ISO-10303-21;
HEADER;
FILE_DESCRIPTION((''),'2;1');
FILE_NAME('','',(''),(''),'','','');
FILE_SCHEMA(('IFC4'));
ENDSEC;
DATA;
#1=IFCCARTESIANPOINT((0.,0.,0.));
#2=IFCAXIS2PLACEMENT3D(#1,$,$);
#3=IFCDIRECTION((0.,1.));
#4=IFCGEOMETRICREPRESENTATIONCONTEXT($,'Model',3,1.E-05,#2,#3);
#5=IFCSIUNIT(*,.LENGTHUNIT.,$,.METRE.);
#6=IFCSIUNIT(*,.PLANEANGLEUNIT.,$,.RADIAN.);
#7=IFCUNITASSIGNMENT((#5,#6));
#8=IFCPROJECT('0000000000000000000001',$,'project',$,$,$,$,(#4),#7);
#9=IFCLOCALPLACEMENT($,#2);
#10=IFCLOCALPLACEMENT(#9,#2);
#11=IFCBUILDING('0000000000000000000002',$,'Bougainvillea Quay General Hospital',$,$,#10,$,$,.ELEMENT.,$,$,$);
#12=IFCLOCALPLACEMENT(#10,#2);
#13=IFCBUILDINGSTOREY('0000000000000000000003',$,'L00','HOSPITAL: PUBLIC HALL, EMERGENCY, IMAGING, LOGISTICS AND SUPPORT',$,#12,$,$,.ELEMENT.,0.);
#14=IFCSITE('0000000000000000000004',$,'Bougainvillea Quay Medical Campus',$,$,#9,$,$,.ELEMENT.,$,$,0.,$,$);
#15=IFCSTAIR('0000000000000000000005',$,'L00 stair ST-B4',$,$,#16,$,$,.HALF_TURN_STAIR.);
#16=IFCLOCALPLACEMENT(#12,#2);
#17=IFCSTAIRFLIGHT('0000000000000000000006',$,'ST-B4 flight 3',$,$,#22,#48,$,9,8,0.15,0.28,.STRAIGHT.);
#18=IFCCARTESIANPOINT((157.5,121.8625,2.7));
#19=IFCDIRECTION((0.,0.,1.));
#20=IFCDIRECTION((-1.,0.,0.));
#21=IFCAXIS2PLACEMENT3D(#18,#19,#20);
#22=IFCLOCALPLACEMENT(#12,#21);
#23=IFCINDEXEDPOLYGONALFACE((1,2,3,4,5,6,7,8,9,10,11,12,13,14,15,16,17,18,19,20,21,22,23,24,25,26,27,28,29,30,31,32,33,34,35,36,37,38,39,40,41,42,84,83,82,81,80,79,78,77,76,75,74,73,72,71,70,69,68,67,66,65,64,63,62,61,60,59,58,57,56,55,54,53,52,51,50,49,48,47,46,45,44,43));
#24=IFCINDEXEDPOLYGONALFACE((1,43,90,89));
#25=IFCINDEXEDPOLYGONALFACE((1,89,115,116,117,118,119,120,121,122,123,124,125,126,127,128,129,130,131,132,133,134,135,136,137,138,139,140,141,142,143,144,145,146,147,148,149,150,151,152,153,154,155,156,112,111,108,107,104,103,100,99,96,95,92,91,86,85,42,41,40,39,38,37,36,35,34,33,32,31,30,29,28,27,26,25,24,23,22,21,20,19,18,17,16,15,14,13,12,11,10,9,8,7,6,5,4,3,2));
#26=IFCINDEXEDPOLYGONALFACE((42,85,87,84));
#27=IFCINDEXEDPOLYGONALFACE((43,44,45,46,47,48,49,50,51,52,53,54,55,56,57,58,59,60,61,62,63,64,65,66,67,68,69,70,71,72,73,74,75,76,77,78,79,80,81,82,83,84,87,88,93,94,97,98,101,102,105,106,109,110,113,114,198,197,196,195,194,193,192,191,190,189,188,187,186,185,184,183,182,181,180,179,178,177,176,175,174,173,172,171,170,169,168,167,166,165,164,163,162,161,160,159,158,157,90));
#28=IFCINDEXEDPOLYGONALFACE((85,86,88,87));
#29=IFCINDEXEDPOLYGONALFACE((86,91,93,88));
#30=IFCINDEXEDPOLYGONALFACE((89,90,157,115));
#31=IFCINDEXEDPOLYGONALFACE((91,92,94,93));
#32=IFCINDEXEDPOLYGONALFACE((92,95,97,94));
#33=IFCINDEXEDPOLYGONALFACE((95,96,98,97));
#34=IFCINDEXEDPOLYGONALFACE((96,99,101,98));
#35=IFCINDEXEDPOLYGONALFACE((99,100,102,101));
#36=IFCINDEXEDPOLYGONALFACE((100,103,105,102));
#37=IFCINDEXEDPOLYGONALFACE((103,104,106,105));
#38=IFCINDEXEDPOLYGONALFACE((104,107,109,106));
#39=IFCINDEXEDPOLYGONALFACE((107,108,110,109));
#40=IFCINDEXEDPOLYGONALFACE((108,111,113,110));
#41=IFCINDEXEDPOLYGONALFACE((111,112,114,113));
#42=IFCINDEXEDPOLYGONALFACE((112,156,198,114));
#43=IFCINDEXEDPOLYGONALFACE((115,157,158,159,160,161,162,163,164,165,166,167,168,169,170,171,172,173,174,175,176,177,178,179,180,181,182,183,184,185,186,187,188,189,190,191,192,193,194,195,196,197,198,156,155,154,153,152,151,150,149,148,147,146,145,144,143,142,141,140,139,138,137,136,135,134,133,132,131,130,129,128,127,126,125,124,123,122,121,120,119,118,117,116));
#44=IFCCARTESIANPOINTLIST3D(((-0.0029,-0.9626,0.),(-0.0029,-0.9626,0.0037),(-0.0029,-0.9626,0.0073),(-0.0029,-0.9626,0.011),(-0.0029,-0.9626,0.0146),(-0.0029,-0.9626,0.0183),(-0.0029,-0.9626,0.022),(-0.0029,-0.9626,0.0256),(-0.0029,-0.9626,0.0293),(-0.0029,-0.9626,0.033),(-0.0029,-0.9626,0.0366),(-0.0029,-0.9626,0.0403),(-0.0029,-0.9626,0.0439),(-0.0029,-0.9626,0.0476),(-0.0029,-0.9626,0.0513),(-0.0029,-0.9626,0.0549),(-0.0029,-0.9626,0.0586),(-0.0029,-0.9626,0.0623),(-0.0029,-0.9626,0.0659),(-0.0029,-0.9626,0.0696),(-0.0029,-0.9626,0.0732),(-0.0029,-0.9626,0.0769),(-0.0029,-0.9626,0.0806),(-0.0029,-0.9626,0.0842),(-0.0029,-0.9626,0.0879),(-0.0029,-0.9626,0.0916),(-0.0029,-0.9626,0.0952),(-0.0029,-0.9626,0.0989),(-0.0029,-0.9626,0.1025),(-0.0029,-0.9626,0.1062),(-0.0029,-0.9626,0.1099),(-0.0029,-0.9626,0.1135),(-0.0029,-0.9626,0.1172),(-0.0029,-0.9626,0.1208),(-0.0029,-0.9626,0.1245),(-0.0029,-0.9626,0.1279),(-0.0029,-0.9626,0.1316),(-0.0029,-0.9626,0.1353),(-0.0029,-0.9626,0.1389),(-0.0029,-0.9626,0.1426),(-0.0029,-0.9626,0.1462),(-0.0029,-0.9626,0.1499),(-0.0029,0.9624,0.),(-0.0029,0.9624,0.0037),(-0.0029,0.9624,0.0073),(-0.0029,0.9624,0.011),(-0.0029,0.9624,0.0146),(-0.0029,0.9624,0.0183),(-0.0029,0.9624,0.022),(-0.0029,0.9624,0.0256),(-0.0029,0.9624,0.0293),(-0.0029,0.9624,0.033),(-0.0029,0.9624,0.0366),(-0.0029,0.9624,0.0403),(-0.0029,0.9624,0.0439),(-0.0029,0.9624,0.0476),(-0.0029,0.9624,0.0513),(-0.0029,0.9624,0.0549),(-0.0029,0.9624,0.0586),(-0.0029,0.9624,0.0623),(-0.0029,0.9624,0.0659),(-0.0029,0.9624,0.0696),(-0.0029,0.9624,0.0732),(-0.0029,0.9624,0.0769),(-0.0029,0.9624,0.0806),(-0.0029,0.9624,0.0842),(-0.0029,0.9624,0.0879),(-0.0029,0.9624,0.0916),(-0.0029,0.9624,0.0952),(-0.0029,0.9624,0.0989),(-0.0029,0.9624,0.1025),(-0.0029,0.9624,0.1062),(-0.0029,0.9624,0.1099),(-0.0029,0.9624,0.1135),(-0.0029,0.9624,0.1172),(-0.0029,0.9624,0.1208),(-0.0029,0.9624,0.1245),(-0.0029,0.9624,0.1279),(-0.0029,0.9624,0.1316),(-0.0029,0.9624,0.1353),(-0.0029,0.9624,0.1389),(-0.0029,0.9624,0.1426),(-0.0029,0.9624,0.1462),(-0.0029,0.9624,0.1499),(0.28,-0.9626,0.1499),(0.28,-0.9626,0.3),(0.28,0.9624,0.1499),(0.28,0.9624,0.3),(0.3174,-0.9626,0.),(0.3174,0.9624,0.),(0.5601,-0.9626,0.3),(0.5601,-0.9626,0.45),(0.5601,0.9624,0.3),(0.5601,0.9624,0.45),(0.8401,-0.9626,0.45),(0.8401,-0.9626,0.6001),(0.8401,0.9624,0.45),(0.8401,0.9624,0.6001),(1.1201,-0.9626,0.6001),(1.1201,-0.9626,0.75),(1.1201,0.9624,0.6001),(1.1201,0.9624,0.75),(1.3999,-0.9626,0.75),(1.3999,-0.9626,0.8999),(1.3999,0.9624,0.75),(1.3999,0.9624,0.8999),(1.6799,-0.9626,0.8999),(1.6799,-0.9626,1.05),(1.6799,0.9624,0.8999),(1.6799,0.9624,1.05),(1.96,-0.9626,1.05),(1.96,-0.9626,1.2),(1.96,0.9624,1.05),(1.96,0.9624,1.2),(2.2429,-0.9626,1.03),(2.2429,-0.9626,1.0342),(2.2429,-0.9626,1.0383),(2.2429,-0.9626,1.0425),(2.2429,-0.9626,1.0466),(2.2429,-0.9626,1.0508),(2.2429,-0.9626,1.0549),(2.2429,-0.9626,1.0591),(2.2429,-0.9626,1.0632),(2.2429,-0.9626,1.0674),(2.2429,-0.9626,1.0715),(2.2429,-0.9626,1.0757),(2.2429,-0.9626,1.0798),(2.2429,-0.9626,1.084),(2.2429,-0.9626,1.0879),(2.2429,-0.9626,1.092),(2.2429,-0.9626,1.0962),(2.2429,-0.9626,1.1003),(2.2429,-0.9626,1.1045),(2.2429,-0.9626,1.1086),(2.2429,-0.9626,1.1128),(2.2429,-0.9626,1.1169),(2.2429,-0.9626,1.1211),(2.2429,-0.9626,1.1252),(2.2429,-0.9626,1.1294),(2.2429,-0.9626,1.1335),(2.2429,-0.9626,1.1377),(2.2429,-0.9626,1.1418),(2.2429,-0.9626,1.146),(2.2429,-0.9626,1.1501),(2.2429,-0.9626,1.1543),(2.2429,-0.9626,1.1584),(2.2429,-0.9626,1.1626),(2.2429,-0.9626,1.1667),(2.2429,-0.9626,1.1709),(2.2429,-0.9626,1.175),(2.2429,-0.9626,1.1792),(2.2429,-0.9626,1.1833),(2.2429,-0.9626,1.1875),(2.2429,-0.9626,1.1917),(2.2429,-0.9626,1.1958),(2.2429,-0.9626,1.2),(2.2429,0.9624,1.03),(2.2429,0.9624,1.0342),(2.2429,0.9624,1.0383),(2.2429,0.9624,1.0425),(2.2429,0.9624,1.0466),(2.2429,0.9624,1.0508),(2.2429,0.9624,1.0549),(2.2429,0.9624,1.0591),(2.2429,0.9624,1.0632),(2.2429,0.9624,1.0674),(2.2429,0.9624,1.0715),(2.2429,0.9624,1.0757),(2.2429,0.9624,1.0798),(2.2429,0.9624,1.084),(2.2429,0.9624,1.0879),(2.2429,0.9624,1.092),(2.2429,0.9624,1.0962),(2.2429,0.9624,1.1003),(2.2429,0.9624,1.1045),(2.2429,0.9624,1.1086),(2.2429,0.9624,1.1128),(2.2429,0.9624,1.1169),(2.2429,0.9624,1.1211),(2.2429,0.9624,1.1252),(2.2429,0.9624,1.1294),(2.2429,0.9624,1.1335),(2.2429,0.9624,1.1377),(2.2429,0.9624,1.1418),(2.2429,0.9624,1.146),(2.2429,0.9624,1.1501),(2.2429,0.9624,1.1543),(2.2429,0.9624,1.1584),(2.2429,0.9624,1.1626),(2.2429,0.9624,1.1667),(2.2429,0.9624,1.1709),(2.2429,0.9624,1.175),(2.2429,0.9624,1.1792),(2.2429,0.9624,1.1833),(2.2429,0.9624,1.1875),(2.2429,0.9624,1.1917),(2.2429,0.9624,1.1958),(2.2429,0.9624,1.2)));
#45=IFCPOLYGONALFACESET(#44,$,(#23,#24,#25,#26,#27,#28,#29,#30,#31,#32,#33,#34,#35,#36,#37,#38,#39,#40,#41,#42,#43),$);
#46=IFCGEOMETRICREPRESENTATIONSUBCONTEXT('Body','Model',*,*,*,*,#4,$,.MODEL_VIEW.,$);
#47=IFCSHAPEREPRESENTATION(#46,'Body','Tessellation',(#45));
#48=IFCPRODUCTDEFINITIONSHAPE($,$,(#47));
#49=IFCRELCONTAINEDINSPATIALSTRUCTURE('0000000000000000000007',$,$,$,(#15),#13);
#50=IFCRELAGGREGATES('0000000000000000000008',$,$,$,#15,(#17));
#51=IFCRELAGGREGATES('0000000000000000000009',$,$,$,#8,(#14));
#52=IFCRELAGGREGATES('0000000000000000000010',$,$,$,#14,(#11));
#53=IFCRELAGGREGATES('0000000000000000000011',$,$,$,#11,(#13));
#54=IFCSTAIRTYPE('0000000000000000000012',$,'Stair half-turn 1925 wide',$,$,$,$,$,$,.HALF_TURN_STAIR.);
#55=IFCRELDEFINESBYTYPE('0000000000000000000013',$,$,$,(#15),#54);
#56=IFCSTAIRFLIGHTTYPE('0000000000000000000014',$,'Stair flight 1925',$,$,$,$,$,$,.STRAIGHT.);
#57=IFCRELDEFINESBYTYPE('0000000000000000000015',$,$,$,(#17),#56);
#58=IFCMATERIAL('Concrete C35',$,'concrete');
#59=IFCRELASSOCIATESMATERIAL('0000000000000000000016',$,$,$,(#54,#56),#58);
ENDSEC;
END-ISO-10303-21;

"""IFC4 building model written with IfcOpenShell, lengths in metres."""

from ifc_helpers import new_model, si_unit, direction, frame, origin, place, context, subcontext, project, spatial, polyline, outline, extrude, material, type_object, element, aggregate, save


model = new_model("IFC4")

# Units and contexts
model_context = context("Model", 3, precision=1e-05, world=origin(), true_north=direction((0.0, 1.0)))
body_context = subcontext(model_context, "Body", "Model", "MODEL_VIEW")
ifc_project = project(units=[si_unit("LENGTHUNIT", "METRE"), si_unit("PLANEANGLEUNIT", "RADIAN")], contexts=[model_context])

# Site, building, storey
site_placement = place(None, origin())
site = spatial("IfcSite", under=ifc_project, at=site_placement, Name="Bougainvillea Quay Medical Campus", CompositionType="ELEMENT", RefElevation=0.0)
building_placement = place(site_placement, origin())
building = spatial("IfcBuilding", under=site, at=building_placement, Name="Bougainvillea Quay General Hospital", CompositionType="ELEMENT")
storey_placement = place(building_placement, origin())
storey = spatial("IfcBuildingStorey", under=building, at=storey_placement, Name="L00", Description="HOSPITAL: PUBLIC HALL, EMERGENCY, IMAGING, LOGISTICS AND SUPPORT", CompositionType="ELEMENT", Elevation=0.0)

# Stair, stair flight
ifc_material_1 = material(Name="Concrete C35", Category="concrete")
stair_type = type_object("IfcStairType", Name="Stair half-turn 1925 wide", PredefinedType="HALF_TURN_STAIR", material=ifc_material_1)
stair_placement = place(storey_placement, origin())
stair = element("IfcStair", 1, at=stair_placement, inside=storey, type_object=stair_type, Name="L00 stair ST-B4", PredefinedType="HALF_TURN_STAIR")
stair_flight_type = type_object("IfcStairFlightType", Name="Stair flight 1925", PredefinedType="STRAIGHT", material=ifc_material_1)
stair_flight_1_placement = place(storey_placement, frame((157.5, 121.8625, 2.7), z_axis=(0.0, 0.0, 1.0), x_axis=(-1.0, 0.0, 0.0)))
stair_flight_1 = element("IfcStairFlight", 2, at=stair_flight_1_placement, type_object=stair_flight_type, Name="ST-B4 flight 3", NumberOfRisers=9, NumberOfTreads=8, PredefinedType="STRAIGHT", RiserHeight=0.15, TreadLength=0.28, context=body_context, shape_type="SweptSolid", body=[
    extrude(outline(polyline([(-0.0029, 0.0), (-0.0029, 0.0037), (-0.0029, 0.0073), (-0.0029, 0.011), (-0.0029, 0.0146), (-0.0029, 0.0183), (-0.0029, 0.022), (-0.0029, 0.0256), (-0.0029, 0.0293), (-0.0029, 0.033), (-0.0029, 0.0366), (-0.0029, 0.0403), (-0.0029, 0.0439), (-0.0029, 0.0476), (-0.0029, 0.0513), (-0.0029, 0.0549), (-0.0029, 0.0586), (-0.0029, 0.0623), (-0.0029, 0.0659), (-0.0029, 0.0696), (-0.0029, 0.0732), (-0.0029, 0.0769), (-0.0029, 0.0806), (-0.0029, 0.0842), (-0.0029, 0.0879), (-0.0029, 0.0916), (-0.0029, 0.0952), (-0.0029, 0.0989), (-0.0029, 0.1025), (-0.0029, 0.1062), (-0.0029, 0.1099), (-0.0029, 0.1135), (-0.0029, 0.1172), (-0.0029, 0.1208), (-0.0029, 0.1245), (-0.0029, 0.1279), (-0.0029, 0.1316), (-0.0029, 0.1353), (-0.0029, 0.1389), (-0.0029, 0.1426), (-0.0029, 0.1462), (-0.0029, 0.1499), (0.28, 0.1499), (0.28, 0.3), (0.5601, 0.3), (0.5601, 0.45), (0.8401, 0.45), (0.8401, 0.6001), (1.1201, 0.6001), (1.1201, 0.75), (1.3999, 0.75), (1.3999, 0.8999), (1.6799, 0.8999), (1.6799, 1.05), (1.96, 1.05), (1.96, 1.2), (2.2429, 1.2), (2.2429, 1.1958), (2.2429, 1.1917), (2.2429, 1.1875), (2.2429, 1.1833), (2.2429, 1.1792), (2.2429, 1.175), (2.2429, 1.1709), (2.2429, 1.1667), (2.2429, 1.1626), (2.2429, 1.1584), (2.2429, 1.1543), (2.2429, 1.1501), (2.2429, 1.146), (2.2429, 1.1418), (2.2429, 1.1377), (2.2429, 1.1335), (2.2429, 1.1294), (2.2429, 1.1252), (2.2429, 1.1211), (2.2429, 1.1169), (2.2429, 1.1128), (2.2429, 1.1086), (2.2429, 1.1045), (2.2429, 1.1003), (2.2429, 1.0962), (2.2429, 1.092), (2.2429, 1.0879), (2.2429, 1.084), (2.2429, 1.0798), (2.2429, 1.0757), (2.2429, 1.0715), (2.2429, 1.0674), (2.2429, 1.0632), (2.2429, 1.0591), (2.2429, 1.0549), (2.2429, 1.0508), (2.2429, 1.0466), (2.2429, 1.0425), (2.2429, 1.0383), (2.2429, 1.0342), (2.2429, 1.03), (0.3174, 0.0), (-0.0029, 0.0)])), frame((0.0, 0.9624, 0.0), z_axis=(0.0, -1.0, 0.0), x_axis=(1.0, 0.0, 0.0)), (0.0, 0.0, 1.0), 1.925),
])
aggregate(stair, [stair_flight_1])

save(model, "model.ifc")
